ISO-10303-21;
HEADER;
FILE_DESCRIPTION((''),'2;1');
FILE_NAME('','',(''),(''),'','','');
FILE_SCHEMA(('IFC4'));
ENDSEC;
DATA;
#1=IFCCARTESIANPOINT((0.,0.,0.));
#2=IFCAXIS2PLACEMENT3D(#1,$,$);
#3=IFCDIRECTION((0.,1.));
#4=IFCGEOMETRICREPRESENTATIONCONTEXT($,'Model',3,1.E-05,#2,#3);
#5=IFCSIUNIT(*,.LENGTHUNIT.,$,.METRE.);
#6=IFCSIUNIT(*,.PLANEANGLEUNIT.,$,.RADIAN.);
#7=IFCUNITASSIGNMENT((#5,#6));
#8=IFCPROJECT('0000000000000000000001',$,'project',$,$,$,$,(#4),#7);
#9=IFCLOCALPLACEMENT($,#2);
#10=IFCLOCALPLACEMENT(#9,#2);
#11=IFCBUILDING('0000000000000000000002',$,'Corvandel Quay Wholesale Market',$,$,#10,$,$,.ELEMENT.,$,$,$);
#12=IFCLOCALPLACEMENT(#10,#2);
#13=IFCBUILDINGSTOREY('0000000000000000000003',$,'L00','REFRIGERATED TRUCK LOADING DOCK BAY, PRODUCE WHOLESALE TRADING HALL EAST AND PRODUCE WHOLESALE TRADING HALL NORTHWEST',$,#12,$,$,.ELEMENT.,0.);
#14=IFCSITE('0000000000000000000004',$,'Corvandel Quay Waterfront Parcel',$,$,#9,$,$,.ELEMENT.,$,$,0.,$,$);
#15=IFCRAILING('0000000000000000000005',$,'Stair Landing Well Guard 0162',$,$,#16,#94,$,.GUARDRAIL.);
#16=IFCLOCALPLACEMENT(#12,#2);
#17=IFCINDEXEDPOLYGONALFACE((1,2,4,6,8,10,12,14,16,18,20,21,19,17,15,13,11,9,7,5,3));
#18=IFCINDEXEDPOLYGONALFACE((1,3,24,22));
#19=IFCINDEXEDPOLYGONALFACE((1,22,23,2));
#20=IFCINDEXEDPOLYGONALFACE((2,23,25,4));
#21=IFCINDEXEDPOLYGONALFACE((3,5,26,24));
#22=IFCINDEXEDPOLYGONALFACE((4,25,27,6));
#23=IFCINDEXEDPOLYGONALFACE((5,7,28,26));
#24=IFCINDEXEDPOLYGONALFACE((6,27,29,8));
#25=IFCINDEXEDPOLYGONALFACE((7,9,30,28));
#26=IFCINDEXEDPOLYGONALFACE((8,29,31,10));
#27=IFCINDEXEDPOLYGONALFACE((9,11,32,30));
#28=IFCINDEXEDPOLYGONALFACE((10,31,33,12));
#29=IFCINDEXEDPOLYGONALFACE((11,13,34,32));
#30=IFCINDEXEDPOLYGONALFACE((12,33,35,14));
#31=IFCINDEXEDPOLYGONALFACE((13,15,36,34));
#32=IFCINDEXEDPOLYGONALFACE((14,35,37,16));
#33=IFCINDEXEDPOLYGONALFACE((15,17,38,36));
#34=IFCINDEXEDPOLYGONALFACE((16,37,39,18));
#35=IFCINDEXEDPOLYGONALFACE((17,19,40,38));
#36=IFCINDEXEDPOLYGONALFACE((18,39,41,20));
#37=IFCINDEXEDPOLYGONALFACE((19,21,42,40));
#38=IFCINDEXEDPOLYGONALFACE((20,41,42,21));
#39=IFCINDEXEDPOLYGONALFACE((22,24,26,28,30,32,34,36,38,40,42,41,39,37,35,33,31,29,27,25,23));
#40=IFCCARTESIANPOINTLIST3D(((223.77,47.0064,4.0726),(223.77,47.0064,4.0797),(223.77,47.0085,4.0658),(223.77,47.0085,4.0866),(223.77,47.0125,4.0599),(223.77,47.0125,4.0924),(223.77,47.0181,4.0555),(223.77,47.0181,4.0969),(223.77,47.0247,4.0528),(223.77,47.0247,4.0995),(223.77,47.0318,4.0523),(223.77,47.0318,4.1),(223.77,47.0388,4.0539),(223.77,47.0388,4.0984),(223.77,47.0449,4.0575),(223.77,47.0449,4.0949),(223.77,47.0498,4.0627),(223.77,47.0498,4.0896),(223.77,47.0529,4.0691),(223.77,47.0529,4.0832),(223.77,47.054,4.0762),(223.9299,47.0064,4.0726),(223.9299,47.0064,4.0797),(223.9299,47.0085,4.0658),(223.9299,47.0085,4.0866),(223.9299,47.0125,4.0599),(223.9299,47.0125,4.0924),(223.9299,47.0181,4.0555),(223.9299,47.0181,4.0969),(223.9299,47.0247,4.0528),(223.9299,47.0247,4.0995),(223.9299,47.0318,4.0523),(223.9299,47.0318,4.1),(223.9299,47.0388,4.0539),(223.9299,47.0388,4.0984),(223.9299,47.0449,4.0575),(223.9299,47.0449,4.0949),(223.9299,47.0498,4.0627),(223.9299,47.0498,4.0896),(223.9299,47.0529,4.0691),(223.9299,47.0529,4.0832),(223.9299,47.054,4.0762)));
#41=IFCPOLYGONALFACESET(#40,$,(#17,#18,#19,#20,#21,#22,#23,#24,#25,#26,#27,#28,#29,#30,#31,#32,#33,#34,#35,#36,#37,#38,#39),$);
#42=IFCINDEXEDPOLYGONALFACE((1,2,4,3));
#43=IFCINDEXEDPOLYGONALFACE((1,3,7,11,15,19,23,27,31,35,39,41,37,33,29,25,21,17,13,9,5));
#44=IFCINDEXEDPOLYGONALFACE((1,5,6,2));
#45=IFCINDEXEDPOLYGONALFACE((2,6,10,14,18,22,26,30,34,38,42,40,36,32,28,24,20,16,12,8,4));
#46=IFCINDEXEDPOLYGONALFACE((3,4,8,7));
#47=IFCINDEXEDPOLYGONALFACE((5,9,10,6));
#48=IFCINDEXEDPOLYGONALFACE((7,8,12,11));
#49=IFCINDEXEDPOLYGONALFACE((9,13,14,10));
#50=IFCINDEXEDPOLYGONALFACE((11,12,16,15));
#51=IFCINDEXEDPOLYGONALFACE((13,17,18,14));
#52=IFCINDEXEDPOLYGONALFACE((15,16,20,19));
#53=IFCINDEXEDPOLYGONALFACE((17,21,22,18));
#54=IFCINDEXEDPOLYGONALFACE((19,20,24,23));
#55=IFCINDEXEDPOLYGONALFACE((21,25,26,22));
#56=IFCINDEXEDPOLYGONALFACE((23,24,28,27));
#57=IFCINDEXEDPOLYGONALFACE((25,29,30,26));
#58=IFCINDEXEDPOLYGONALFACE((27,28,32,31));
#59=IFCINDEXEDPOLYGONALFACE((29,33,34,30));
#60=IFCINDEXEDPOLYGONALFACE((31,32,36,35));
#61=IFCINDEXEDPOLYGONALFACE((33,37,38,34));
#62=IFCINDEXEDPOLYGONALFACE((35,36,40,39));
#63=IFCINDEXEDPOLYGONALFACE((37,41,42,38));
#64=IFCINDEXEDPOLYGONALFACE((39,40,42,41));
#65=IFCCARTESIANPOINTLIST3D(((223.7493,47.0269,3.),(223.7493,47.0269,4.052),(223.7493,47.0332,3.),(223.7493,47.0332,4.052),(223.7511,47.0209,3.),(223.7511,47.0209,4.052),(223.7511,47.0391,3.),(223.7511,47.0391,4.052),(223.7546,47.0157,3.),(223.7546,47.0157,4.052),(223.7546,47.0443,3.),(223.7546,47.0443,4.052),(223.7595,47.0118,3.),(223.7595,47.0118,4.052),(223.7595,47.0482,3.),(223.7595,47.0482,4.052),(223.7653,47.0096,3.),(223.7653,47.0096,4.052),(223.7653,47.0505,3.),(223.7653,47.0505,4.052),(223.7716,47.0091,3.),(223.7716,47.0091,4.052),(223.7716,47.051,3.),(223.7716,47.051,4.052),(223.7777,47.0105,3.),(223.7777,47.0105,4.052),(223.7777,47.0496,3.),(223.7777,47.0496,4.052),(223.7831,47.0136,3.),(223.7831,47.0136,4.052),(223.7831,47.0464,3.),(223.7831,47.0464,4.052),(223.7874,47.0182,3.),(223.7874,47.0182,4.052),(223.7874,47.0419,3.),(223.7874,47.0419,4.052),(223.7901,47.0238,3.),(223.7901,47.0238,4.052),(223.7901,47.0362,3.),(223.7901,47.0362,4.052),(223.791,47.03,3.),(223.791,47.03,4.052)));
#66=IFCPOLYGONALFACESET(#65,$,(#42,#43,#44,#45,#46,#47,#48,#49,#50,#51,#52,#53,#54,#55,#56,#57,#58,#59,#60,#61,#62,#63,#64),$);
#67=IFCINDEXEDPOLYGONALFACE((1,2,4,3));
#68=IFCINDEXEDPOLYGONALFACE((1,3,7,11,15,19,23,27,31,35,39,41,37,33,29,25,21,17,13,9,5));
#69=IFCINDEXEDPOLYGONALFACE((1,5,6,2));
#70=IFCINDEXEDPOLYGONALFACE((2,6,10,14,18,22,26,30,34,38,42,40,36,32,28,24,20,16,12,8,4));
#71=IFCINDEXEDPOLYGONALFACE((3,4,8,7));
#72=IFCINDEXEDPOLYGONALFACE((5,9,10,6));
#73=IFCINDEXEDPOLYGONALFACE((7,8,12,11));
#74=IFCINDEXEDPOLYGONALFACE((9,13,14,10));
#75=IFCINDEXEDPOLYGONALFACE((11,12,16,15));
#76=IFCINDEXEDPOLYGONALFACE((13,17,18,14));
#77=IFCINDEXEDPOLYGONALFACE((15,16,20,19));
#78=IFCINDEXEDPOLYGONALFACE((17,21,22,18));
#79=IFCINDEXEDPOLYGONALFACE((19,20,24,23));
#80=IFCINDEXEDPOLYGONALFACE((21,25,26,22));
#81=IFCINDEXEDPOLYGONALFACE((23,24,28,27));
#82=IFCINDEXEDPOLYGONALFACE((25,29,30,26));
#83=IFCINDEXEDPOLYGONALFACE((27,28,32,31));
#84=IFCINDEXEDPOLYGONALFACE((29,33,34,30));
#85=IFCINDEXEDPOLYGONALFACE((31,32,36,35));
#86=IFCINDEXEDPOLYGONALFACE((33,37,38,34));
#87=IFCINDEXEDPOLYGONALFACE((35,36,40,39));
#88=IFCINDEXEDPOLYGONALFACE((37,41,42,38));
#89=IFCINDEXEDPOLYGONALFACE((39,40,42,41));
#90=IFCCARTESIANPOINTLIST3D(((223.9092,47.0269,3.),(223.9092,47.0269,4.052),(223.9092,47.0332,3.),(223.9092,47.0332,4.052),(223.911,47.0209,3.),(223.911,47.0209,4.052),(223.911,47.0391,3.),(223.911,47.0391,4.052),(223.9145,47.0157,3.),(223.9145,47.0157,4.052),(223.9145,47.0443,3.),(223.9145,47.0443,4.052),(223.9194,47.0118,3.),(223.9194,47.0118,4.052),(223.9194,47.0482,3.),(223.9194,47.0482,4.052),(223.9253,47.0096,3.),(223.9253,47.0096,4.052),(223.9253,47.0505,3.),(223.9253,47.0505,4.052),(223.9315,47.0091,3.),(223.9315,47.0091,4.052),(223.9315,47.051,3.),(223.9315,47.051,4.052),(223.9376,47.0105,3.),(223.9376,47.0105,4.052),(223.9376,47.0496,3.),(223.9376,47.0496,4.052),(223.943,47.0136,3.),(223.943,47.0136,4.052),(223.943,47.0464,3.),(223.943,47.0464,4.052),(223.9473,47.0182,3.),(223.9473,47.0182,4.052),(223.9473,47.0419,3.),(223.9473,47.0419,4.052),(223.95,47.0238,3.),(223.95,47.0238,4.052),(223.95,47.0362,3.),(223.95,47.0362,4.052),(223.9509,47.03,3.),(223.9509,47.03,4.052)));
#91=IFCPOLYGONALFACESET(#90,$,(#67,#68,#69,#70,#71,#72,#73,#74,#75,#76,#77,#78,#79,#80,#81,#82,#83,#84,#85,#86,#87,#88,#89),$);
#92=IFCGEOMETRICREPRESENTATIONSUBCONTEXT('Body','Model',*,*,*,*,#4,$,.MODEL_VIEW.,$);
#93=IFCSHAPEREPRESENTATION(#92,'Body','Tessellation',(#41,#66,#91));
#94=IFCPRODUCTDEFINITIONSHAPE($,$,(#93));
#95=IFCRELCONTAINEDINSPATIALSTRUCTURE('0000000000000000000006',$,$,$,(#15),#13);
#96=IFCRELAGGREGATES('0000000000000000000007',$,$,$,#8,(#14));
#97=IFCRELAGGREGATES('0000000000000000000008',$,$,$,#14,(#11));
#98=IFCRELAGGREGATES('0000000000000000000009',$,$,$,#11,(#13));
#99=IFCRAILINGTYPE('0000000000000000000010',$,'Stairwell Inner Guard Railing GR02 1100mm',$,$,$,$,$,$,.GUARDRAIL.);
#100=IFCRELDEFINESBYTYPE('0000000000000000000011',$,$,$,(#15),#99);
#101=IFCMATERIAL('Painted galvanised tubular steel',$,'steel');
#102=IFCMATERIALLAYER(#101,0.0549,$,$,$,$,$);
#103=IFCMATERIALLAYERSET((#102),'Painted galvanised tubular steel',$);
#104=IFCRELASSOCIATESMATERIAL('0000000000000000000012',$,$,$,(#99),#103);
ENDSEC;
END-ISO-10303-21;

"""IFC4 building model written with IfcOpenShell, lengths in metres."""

from ifc_helpers import new_model, si_unit, direction, frame, origin, origin_2d, place, context, subcontext, project, spatial, circle, extrude, material, layer, layer_set, type_object, element, save


model = new_model("IFC4")

# Units and contexts
model_context = context("Model", 3, precision=1e-05, world=origin(), true_north=direction((0.0, 1.0)))
body_context = subcontext(model_context, "Body", "Model", "MODEL_VIEW")
ifc_project = project(units=[si_unit("LENGTHUNIT", "METRE"), si_unit("PLANEANGLEUNIT", "RADIAN")], contexts=[model_context])

# Site, building, storey
site_placement = place(None, origin())
site = spatial("IfcSite", under=ifc_project, at=site_placement, Name="Corvandel Quay Waterfront Parcel", CompositionType="ELEMENT", RefElevation=0.0)
building_placement = place(site_placement, origin())
building = spatial("IfcBuilding", under=site, at=building_placement, Name="Corvandel Quay Wholesale Market", CompositionType="ELEMENT")
storey_placement = place(building_placement, origin())
storey = spatial("IfcBuildingStorey", under=building, at=storey_placement, Name="L00", Description="REFRIGERATED TRUCK LOADING DOCK BAY, PRODUCE WHOLESALE TRADING HALL EAST AND PRODUCE WHOLESALE TRADING HALL NORTHWEST", CompositionType="ELEMENT", Elevation=0.0)

# Railing
ifc_material_1 = material(Name="Painted galvanised tubular steel", Category="steel")
ifc_layer_1 = layer(ifc_material_1, 0.0549)
ifc_layer_set_1 = layer_set([ifc_layer_1], Name="Painted galvanised tubular steel")
railing_type_1 = type_object("IfcRailingType", Name="Stairwell Inner Guard Railing GR02 1100mm", PredefinedType="GUARDRAIL", material=ifc_layer_set_1)
railing_placement = place(storey_placement, frame((223.77, 47.03, 3.0)))
element("IfcRailing", 1, at=railing_placement, inside=storey, type_object=railing_type_1, Name="Stair Landing Well Guard 0162", PredefinedType="GUARDRAIL", context=body_context, shape_type="SweptSolid", body=[
    extrude(circle(Radius=0.0239, at=origin_2d()), frame((0.0, 0.0, 1.0762), z_axis=(1.0, 0.0, 0.0), x_axis=(0.0, 1.0, 0.0)), (0.0, 0.0, 1.0), 0.1599),
    extrude(circle(Radius=0.021, at=origin_2d()), origin(), (0.0, 0.0, 1.0), 1.052),
    extrude(circle(Radius=0.021, at=origin_2d()), frame((0.1599, 0.0, 0.0)), (0.0, 0.0, 1.0), 1.052),
])

save(model, "model.ifc")
